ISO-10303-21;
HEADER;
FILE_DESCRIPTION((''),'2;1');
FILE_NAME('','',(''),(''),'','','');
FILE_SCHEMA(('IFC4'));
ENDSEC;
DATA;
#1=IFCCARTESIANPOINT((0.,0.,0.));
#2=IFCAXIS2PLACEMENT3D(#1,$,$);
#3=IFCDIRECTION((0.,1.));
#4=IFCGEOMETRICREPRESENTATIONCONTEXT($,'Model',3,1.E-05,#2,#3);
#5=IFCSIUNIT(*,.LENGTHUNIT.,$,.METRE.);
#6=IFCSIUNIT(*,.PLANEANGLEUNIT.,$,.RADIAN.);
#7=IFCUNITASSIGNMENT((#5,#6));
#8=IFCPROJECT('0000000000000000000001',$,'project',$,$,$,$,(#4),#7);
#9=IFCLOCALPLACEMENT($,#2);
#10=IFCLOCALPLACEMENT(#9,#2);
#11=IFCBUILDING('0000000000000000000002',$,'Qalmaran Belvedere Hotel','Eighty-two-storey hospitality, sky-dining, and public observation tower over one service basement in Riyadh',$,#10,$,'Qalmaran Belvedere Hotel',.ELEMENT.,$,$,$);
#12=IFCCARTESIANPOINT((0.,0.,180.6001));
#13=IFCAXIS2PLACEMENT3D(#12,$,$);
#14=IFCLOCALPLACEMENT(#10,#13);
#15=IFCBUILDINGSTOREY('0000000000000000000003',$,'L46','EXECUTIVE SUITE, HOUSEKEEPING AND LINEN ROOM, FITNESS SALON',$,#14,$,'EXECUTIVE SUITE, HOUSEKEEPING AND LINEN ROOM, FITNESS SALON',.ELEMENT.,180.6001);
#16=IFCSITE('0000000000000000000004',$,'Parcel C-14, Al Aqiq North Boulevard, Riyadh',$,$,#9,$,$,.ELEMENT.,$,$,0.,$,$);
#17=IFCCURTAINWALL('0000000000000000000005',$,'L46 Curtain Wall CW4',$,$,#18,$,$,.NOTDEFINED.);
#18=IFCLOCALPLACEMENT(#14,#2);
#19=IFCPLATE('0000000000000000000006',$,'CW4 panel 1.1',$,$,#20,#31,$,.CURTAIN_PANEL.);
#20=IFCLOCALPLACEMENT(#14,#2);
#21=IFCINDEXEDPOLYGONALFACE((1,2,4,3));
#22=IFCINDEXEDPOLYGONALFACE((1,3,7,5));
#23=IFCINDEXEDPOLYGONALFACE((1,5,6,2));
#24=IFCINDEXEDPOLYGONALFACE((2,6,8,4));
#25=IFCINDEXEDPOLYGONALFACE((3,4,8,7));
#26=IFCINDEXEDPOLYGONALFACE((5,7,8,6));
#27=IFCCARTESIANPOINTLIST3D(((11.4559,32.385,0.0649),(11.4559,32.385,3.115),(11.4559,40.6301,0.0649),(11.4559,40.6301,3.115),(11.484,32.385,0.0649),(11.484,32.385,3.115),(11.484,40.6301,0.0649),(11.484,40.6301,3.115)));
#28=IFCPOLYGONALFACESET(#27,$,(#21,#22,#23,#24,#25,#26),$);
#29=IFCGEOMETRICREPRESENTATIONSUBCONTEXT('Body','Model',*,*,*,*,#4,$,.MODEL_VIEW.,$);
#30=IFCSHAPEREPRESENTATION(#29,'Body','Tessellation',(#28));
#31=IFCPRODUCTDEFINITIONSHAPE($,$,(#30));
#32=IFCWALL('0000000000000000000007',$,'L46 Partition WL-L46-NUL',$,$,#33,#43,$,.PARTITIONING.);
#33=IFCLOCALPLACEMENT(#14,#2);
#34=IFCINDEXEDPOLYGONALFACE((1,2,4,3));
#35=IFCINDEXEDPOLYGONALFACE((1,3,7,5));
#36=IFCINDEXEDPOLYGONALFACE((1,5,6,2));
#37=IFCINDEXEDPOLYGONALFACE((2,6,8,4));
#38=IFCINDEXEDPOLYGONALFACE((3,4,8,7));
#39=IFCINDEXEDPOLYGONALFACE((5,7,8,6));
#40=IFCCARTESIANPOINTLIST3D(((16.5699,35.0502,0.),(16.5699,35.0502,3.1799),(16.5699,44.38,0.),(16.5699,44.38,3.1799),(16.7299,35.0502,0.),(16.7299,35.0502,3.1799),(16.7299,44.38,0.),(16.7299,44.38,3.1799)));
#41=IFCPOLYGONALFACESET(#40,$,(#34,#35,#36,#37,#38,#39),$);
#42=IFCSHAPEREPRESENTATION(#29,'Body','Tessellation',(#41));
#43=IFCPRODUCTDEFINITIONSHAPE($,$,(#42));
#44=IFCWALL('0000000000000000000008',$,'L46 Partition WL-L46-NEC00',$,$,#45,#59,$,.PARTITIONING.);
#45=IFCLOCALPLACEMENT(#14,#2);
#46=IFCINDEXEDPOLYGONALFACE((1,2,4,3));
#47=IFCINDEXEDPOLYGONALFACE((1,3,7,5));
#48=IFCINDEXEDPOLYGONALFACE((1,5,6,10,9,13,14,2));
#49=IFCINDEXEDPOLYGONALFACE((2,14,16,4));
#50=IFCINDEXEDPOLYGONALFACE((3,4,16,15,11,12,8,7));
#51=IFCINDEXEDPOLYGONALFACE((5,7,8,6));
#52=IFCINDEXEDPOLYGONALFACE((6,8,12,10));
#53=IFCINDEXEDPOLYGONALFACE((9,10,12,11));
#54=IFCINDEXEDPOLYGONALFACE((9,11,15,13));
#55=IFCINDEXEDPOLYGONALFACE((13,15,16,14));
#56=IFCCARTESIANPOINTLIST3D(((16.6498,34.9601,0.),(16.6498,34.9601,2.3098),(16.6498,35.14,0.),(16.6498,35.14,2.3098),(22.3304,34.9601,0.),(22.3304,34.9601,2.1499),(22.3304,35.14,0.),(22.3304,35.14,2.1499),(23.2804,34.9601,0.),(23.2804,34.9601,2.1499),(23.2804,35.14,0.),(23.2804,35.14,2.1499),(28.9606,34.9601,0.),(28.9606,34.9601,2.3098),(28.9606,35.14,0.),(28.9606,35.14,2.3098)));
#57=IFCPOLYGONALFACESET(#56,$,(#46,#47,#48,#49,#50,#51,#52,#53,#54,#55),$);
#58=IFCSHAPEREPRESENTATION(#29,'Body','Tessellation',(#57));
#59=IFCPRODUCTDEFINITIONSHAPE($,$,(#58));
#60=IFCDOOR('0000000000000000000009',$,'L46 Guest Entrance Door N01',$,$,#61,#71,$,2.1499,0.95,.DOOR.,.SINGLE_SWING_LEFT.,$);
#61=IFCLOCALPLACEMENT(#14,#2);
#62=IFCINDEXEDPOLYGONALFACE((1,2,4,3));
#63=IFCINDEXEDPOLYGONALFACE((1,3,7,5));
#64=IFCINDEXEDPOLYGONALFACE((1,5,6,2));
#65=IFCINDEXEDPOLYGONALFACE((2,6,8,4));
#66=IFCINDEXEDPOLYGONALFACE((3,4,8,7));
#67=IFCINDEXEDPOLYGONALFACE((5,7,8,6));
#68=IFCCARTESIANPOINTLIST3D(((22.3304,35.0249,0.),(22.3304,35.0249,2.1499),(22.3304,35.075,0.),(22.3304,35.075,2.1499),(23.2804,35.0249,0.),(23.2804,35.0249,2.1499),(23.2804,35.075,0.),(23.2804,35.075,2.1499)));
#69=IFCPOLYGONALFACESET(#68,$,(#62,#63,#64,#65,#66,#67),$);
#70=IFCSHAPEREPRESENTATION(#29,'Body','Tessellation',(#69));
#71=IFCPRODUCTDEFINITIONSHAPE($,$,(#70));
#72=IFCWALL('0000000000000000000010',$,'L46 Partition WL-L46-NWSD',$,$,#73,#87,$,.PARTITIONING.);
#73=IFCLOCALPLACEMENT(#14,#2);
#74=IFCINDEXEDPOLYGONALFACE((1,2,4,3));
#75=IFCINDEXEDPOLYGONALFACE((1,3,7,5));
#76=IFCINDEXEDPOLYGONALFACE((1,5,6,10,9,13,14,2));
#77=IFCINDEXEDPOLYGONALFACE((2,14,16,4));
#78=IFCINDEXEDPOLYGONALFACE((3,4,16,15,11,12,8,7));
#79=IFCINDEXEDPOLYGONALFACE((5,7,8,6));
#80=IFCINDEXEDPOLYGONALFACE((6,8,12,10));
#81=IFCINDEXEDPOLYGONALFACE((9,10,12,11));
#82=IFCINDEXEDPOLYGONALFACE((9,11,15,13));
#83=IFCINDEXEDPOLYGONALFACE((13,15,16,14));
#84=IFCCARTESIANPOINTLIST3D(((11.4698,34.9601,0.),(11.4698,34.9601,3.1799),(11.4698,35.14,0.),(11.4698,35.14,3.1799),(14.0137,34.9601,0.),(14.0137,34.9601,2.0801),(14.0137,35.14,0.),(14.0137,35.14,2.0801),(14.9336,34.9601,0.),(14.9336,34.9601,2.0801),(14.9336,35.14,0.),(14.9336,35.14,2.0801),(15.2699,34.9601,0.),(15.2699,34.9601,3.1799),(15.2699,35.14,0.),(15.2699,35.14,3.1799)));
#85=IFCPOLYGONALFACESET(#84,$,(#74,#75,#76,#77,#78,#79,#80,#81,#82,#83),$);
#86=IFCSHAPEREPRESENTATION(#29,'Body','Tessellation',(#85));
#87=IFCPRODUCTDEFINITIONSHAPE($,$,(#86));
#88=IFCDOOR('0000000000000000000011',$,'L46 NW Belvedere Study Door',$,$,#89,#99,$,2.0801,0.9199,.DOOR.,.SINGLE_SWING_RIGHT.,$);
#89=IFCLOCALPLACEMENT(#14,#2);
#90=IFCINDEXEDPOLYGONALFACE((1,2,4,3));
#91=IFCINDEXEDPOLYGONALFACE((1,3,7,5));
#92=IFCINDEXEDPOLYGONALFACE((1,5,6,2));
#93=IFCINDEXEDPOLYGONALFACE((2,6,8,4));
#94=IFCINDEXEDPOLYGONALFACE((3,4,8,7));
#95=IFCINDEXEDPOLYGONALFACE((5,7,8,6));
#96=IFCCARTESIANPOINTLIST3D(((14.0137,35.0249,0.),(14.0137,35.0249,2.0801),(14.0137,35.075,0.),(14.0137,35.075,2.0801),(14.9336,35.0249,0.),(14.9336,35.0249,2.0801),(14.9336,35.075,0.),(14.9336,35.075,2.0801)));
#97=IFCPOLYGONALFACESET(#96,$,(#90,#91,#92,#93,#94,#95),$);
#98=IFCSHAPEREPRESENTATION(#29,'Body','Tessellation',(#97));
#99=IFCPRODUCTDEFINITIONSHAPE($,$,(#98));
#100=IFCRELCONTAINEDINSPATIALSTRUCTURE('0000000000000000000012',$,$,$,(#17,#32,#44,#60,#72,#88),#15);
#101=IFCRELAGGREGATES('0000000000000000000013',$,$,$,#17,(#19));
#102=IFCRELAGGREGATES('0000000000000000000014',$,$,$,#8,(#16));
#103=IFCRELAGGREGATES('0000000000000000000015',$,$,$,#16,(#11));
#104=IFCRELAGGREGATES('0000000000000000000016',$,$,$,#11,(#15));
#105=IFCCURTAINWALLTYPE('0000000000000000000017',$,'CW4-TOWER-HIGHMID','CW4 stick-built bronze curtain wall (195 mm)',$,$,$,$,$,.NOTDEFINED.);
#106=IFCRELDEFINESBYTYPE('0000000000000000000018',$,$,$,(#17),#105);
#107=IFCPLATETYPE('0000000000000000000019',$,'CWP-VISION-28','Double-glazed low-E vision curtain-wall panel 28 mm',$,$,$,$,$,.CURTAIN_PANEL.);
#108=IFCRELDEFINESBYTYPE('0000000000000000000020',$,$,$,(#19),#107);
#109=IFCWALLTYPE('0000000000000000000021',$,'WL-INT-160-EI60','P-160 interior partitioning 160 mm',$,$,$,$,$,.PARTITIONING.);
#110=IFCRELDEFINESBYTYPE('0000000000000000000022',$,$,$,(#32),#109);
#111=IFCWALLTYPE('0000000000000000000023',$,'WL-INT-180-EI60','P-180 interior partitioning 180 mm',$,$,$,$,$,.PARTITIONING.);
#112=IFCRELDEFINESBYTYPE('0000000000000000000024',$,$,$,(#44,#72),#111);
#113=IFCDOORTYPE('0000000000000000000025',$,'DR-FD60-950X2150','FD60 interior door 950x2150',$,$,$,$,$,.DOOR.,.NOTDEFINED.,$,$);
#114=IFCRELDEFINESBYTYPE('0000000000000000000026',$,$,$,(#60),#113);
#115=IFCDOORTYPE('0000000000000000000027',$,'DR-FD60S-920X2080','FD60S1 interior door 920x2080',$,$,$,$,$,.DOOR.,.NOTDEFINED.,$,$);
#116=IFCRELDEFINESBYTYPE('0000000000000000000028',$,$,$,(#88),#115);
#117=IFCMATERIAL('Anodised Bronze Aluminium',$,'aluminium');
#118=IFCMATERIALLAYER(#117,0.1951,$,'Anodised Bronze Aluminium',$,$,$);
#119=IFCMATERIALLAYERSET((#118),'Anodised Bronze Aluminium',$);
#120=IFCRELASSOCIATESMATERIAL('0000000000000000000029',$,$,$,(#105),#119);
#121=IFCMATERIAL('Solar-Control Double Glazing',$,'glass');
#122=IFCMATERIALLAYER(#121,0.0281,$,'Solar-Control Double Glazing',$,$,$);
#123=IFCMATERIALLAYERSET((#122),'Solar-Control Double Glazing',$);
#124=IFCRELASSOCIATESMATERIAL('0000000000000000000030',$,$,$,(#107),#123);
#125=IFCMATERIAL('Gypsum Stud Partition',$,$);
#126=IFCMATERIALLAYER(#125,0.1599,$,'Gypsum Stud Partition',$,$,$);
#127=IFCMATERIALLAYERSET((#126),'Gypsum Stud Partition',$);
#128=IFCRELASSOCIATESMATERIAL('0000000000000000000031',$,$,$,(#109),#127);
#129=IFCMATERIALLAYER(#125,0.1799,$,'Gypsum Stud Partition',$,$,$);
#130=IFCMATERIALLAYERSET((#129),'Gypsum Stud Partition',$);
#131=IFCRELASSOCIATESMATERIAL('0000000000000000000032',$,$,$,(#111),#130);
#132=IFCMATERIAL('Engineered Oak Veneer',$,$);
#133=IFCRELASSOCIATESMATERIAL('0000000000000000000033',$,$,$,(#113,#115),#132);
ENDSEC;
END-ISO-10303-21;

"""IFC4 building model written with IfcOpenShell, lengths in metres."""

from ifc_helpers import new_model, si_unit, direction, frame, frame_2d, origin, origin_2d, place, context, subcontext, project, spatial, rectangle, extrude, material, layer, layer_set, type_object, element, fill, aggregate, save


model = new_model("IFC4")

# Units and contexts
model_context = context("Model", 3, precision=1e-05, world=origin(), true_north=direction((0.0, 1.0)))
body_context = subcontext(model_context, "Body", "Model", "MODEL_VIEW")
ifc_project = project(units=[si_unit("LENGTHUNIT", "METRE"), si_unit("PLANEANGLEUNIT", "RADIAN")], contexts=[model_context])

# Site, building, storey
site_placement = place(None, origin())
site = spatial("IfcSite", under=ifc_project, at=site_placement, Name="Parcel C-14, Al Aqiq North Boulevard, Riyadh", CompositionType="ELEMENT", RefElevation=0.0)
building_placement = place(site_placement, origin())
building = spatial("IfcBuilding", under=site, at=building_placement, Name="Qalmaran Belvedere Hotel", Description="Eighty-two-storey hospitality, sky-dining, and public observation tower over one service basement in Riyadh", LongName="Qalmaran Belvedere Hotel", CompositionType="ELEMENT")
storey_placement = place(building_placement, frame((0.0, 0.0, 180.6001)))
storey = spatial("IfcBuildingStorey", under=building, at=storey_placement, Name="L46", Description="EXECUTIVE SUITE, HOUSEKEEPING AND LINEN ROOM, FITNESS SALON", LongName="EXECUTIVE SUITE, HOUSEKEEPING AND LINEN ROOM, FITNESS SALON", CompositionType="ELEMENT", Elevation=180.6001)

# Shared definitions
ifc_material_1 = material(Name="Anodised Bronze Aluminium", Category="aluminium")
ifc_layer_1 = layer(ifc_material_1, 0.1951, Name="Anodised Bronze Aluminium")
ifc_layer_set_1 = layer_set([ifc_layer_1], Name="Anodised Bronze Aluminium")
curtain_wall_type = type_object("IfcCurtainWallType", Name="CW4-TOWER-HIGHMID", Description="CW4 stick-built bronze curtain wall (195 mm)", PredefinedType="NOTDEFINED", material=ifc_layer_set_1)

# Curtain wall
curtain_wall_1_placement = place(storey_placement, origin())
curtain_wall_1 = element("IfcCurtainWall", 1, at=curtain_wall_1_placement, inside=storey, type_object=curtain_wall_type, Name="L46 Curtain Wall CW4", PredefinedType="NOTDEFINED")

# Plate
ifc_material_2 = material(Name="Solar-Control Double Glazing", Category="glass")
ifc_layer_2 = layer(ifc_material_2, 0.0281, Name="Solar-Control Double Glazing")
ifc_layer_set_2 = layer_set([ifc_layer_2], Name="Solar-Control Double Glazing")
plate_type = type_object("IfcPlateType", Name="CWP-VISION-28", Description="Double-glazed low-E vision curtain-wall panel 28 mm", PredefinedType="CURTAIN_PANEL", material=ifc_layer_set_2)
plate_1_placement = place(storey_placement, frame((11.47, 36.5076, 0.0649), z_axis=(0.0, 0.0, 1.0), x_axis=(0.0, -1.0, 0.0)))
plate_1 = element("IfcPlate", 2, at=plate_1_placement, type_object=plate_type, Name="CW4 panel 1.1", PredefinedType="CURTAIN_PANEL", context=body_context, shape_type="SweptSolid", body=[
    extrude(rectangle(XDim=8.2451, YDim=0.0281, at=origin_2d()), origin(), (0.0, 0.0, 1.0), 3.05),
])
aggregate(curtain_wall_1, [plate_1])

# Wall
ifc_material_3 = material(Name="Gypsum Stud Partition")
ifc_layer_3 = layer(ifc_material_3, 0.1599, Name="Gypsum Stud Partition")
ifc_layer_set_3 = layer_set([ifc_layer_3], Name="Gypsum Stud Partition")
wall_type_1 = type_object("IfcWallType", Name="WL-INT-160-EI60", Description="P-160 interior partitioning 160 mm", PredefinedType="PARTITIONING", material=ifc_layer_set_3)
wall_1_placement = place(storey_placement, frame((16.6499, 35.05, 0.0), z_axis=(0.0, 0.0, 1.0), x_axis=(0.0, 1.0, 0.0)))
element("IfcWall", 3, at=wall_1_placement, inside=storey, type_object=wall_type_1, Name="L46 Partition WL-L46-NUL", PredefinedType="PARTITIONING", context=body_context, shape_type="SweptSolid", body=[
    extrude(rectangle(XDim=9.3298, YDim=0.1599, at=frame_2d((4.665, 0.0))), origin(), (0.0, 0.0, 1.0), 3.1799),
])

# Walls, openings, doors
ifc_layer_4 = layer(ifc_material_3, 0.1799, Name="Gypsum Stud Partition")
ifc_layer_set_4 = layer_set([ifc_layer_4], Name="Gypsum Stud Partition")
wall_type_2 = type_object("IfcWallType", Name="WL-INT-180-EI60", Description="P-180 interior partitioning 180 mm", PredefinedType="PARTITIONING", material=ifc_layer_set_4)
wall_2_placement = place(storey_placement, frame((16.6499, 35.05, 0.0), z_axis=(0.0, 0.0, 1.0), x_axis=(1.0, 0.0, 0.0)))
wall_2 = element("IfcWall", 4, at=wall_2_placement, inside=storey, type_object=wall_type_2, Name="L46 Partition WL-L46-NEC00", PredefinedType="PARTITIONING", context=body_context, shape_type="SweptSolid", body=[
    extrude(rectangle(XDim=12.3108, YDim=0.1799, at=frame_2d((6.1553, 0.0))), origin(), (0.0, 0.0, 1.0), 2.3098),
])
opening_1_placement = place(wall_2_placement, frame((5.6804, 0.0, 0.0)))
opening_1 = element("IfcOpeningElement", 5, at=opening_1_placement, cuts=wall_2, PredefinedType="OPENING", context=body_context, shape_type="SweptSolid", body=[
    extrude(rectangle(XDim=0.95, YDim=2.1499, at=frame_2d((0.4751, 1.075))), frame((0.0, 0.1001, 0.0), z_axis=(0.0, -1.0, 0.0), x_axis=(1.0, 0.0, 0.0)), (0.0, 0.0, 1.0), 0.2),
])
ifc_material_4 = material(Name="Engineered Oak Veneer")
door_type_1 = type_object("IfcDoorType", Name="DR-FD60-950X2150", Description="FD60 interior door 950x2150", OperationType="NOTDEFINED", PredefinedType="DOOR", material=ifc_material_4)
door_1_placement = place(opening_1_placement, origin())
door_1 = element("IfcDoor", 6, at=door_1_placement, inside=storey, type_object=door_type_1, Name="L46 Guest Entrance Door N01", OperationType="SINGLE_SWING_LEFT", OverallHeight=2.1499, OverallWidth=0.95, PredefinedType="DOOR", context=body_context, shape_type="SweptSolid", body=[
    extrude(rectangle(XDim=0.95, YDim=2.1499, at=frame_2d((0.4751, 1.075))), frame((0.0, 0.0249, 0.0), z_axis=(0.0, -1.0, 0.0), x_axis=(1.0, 0.0, 0.0)), (0.0, 0.0, 1.0), 0.05),
])
fill(opening_1, door_1)
wall_3_placement = place(storey_placement, frame((11.47, 35.05, 0.0), z_axis=(0.0, 0.0, 1.0), x_axis=(1.0, 0.0, 0.0)))
wall_3 = element("IfcWall", 7, at=wall_3_placement, inside=storey, type_object=wall_type_2, Name="L46 Partition WL-L46-NWSD", PredefinedType="PARTITIONING", context=body_context, shape_type="SweptSolid", body=[
    extrude(rectangle(XDim=3.8, YDim=0.1799, at=frame_2d((1.8999, 0.0))), origin(), (0.0, 0.0, 1.0), 3.1799),
])
opening_2_placement = place(wall_3_placement, frame((2.5437, 0.0, 0.0)))
opening_2 = element("IfcOpeningElement", 8, at=opening_2_placement, cuts=wall_3, PredefinedType="OPENING", context=body_context, shape_type="SweptSolid", body=[
    extrude(rectangle(XDim=0.9199, YDim=2.0801, at=frame_2d((0.46, 1.04))), frame((0.0, 0.1001, 0.0), z_axis=(0.0, -1.0, 0.0), x_axis=(1.0, 0.0, 0.0)), (0.0, 0.0, 1.0), 0.2),
])
door_type_2 = type_object("IfcDoorType", Name="DR-FD60S-920X2080", Description="FD60S1 interior door 920x2080", OperationType="NOTDEFINED", PredefinedType="DOOR", material=ifc_material_4)
door_2_placement = place(opening_2_placement, origin())
door_2 = element("IfcDoor", 9, at=door_2_placement, inside=storey, type_object=door_type_2, Name="L46 NW Belvedere Study Door", OperationType="SINGLE_SWING_RIGHT", OverallHeight=2.0801, OverallWidth=0.9199, PredefinedType="DOOR", context=body_context, shape_type="SweptSolid", body=[
    extrude(rectangle(XDim=0.9199, YDim=2.0801, at=frame_2d((0.46, 1.04))), frame((0.0, 0.0249, 0.0), z_axis=(0.0, -1.0, 0.0), x_axis=(1.0, 0.0, 0.0)), (0.0, 0.0, 1.0), 0.05),
])
fill(opening_2, door_2)

save(model, "model.ifc")
